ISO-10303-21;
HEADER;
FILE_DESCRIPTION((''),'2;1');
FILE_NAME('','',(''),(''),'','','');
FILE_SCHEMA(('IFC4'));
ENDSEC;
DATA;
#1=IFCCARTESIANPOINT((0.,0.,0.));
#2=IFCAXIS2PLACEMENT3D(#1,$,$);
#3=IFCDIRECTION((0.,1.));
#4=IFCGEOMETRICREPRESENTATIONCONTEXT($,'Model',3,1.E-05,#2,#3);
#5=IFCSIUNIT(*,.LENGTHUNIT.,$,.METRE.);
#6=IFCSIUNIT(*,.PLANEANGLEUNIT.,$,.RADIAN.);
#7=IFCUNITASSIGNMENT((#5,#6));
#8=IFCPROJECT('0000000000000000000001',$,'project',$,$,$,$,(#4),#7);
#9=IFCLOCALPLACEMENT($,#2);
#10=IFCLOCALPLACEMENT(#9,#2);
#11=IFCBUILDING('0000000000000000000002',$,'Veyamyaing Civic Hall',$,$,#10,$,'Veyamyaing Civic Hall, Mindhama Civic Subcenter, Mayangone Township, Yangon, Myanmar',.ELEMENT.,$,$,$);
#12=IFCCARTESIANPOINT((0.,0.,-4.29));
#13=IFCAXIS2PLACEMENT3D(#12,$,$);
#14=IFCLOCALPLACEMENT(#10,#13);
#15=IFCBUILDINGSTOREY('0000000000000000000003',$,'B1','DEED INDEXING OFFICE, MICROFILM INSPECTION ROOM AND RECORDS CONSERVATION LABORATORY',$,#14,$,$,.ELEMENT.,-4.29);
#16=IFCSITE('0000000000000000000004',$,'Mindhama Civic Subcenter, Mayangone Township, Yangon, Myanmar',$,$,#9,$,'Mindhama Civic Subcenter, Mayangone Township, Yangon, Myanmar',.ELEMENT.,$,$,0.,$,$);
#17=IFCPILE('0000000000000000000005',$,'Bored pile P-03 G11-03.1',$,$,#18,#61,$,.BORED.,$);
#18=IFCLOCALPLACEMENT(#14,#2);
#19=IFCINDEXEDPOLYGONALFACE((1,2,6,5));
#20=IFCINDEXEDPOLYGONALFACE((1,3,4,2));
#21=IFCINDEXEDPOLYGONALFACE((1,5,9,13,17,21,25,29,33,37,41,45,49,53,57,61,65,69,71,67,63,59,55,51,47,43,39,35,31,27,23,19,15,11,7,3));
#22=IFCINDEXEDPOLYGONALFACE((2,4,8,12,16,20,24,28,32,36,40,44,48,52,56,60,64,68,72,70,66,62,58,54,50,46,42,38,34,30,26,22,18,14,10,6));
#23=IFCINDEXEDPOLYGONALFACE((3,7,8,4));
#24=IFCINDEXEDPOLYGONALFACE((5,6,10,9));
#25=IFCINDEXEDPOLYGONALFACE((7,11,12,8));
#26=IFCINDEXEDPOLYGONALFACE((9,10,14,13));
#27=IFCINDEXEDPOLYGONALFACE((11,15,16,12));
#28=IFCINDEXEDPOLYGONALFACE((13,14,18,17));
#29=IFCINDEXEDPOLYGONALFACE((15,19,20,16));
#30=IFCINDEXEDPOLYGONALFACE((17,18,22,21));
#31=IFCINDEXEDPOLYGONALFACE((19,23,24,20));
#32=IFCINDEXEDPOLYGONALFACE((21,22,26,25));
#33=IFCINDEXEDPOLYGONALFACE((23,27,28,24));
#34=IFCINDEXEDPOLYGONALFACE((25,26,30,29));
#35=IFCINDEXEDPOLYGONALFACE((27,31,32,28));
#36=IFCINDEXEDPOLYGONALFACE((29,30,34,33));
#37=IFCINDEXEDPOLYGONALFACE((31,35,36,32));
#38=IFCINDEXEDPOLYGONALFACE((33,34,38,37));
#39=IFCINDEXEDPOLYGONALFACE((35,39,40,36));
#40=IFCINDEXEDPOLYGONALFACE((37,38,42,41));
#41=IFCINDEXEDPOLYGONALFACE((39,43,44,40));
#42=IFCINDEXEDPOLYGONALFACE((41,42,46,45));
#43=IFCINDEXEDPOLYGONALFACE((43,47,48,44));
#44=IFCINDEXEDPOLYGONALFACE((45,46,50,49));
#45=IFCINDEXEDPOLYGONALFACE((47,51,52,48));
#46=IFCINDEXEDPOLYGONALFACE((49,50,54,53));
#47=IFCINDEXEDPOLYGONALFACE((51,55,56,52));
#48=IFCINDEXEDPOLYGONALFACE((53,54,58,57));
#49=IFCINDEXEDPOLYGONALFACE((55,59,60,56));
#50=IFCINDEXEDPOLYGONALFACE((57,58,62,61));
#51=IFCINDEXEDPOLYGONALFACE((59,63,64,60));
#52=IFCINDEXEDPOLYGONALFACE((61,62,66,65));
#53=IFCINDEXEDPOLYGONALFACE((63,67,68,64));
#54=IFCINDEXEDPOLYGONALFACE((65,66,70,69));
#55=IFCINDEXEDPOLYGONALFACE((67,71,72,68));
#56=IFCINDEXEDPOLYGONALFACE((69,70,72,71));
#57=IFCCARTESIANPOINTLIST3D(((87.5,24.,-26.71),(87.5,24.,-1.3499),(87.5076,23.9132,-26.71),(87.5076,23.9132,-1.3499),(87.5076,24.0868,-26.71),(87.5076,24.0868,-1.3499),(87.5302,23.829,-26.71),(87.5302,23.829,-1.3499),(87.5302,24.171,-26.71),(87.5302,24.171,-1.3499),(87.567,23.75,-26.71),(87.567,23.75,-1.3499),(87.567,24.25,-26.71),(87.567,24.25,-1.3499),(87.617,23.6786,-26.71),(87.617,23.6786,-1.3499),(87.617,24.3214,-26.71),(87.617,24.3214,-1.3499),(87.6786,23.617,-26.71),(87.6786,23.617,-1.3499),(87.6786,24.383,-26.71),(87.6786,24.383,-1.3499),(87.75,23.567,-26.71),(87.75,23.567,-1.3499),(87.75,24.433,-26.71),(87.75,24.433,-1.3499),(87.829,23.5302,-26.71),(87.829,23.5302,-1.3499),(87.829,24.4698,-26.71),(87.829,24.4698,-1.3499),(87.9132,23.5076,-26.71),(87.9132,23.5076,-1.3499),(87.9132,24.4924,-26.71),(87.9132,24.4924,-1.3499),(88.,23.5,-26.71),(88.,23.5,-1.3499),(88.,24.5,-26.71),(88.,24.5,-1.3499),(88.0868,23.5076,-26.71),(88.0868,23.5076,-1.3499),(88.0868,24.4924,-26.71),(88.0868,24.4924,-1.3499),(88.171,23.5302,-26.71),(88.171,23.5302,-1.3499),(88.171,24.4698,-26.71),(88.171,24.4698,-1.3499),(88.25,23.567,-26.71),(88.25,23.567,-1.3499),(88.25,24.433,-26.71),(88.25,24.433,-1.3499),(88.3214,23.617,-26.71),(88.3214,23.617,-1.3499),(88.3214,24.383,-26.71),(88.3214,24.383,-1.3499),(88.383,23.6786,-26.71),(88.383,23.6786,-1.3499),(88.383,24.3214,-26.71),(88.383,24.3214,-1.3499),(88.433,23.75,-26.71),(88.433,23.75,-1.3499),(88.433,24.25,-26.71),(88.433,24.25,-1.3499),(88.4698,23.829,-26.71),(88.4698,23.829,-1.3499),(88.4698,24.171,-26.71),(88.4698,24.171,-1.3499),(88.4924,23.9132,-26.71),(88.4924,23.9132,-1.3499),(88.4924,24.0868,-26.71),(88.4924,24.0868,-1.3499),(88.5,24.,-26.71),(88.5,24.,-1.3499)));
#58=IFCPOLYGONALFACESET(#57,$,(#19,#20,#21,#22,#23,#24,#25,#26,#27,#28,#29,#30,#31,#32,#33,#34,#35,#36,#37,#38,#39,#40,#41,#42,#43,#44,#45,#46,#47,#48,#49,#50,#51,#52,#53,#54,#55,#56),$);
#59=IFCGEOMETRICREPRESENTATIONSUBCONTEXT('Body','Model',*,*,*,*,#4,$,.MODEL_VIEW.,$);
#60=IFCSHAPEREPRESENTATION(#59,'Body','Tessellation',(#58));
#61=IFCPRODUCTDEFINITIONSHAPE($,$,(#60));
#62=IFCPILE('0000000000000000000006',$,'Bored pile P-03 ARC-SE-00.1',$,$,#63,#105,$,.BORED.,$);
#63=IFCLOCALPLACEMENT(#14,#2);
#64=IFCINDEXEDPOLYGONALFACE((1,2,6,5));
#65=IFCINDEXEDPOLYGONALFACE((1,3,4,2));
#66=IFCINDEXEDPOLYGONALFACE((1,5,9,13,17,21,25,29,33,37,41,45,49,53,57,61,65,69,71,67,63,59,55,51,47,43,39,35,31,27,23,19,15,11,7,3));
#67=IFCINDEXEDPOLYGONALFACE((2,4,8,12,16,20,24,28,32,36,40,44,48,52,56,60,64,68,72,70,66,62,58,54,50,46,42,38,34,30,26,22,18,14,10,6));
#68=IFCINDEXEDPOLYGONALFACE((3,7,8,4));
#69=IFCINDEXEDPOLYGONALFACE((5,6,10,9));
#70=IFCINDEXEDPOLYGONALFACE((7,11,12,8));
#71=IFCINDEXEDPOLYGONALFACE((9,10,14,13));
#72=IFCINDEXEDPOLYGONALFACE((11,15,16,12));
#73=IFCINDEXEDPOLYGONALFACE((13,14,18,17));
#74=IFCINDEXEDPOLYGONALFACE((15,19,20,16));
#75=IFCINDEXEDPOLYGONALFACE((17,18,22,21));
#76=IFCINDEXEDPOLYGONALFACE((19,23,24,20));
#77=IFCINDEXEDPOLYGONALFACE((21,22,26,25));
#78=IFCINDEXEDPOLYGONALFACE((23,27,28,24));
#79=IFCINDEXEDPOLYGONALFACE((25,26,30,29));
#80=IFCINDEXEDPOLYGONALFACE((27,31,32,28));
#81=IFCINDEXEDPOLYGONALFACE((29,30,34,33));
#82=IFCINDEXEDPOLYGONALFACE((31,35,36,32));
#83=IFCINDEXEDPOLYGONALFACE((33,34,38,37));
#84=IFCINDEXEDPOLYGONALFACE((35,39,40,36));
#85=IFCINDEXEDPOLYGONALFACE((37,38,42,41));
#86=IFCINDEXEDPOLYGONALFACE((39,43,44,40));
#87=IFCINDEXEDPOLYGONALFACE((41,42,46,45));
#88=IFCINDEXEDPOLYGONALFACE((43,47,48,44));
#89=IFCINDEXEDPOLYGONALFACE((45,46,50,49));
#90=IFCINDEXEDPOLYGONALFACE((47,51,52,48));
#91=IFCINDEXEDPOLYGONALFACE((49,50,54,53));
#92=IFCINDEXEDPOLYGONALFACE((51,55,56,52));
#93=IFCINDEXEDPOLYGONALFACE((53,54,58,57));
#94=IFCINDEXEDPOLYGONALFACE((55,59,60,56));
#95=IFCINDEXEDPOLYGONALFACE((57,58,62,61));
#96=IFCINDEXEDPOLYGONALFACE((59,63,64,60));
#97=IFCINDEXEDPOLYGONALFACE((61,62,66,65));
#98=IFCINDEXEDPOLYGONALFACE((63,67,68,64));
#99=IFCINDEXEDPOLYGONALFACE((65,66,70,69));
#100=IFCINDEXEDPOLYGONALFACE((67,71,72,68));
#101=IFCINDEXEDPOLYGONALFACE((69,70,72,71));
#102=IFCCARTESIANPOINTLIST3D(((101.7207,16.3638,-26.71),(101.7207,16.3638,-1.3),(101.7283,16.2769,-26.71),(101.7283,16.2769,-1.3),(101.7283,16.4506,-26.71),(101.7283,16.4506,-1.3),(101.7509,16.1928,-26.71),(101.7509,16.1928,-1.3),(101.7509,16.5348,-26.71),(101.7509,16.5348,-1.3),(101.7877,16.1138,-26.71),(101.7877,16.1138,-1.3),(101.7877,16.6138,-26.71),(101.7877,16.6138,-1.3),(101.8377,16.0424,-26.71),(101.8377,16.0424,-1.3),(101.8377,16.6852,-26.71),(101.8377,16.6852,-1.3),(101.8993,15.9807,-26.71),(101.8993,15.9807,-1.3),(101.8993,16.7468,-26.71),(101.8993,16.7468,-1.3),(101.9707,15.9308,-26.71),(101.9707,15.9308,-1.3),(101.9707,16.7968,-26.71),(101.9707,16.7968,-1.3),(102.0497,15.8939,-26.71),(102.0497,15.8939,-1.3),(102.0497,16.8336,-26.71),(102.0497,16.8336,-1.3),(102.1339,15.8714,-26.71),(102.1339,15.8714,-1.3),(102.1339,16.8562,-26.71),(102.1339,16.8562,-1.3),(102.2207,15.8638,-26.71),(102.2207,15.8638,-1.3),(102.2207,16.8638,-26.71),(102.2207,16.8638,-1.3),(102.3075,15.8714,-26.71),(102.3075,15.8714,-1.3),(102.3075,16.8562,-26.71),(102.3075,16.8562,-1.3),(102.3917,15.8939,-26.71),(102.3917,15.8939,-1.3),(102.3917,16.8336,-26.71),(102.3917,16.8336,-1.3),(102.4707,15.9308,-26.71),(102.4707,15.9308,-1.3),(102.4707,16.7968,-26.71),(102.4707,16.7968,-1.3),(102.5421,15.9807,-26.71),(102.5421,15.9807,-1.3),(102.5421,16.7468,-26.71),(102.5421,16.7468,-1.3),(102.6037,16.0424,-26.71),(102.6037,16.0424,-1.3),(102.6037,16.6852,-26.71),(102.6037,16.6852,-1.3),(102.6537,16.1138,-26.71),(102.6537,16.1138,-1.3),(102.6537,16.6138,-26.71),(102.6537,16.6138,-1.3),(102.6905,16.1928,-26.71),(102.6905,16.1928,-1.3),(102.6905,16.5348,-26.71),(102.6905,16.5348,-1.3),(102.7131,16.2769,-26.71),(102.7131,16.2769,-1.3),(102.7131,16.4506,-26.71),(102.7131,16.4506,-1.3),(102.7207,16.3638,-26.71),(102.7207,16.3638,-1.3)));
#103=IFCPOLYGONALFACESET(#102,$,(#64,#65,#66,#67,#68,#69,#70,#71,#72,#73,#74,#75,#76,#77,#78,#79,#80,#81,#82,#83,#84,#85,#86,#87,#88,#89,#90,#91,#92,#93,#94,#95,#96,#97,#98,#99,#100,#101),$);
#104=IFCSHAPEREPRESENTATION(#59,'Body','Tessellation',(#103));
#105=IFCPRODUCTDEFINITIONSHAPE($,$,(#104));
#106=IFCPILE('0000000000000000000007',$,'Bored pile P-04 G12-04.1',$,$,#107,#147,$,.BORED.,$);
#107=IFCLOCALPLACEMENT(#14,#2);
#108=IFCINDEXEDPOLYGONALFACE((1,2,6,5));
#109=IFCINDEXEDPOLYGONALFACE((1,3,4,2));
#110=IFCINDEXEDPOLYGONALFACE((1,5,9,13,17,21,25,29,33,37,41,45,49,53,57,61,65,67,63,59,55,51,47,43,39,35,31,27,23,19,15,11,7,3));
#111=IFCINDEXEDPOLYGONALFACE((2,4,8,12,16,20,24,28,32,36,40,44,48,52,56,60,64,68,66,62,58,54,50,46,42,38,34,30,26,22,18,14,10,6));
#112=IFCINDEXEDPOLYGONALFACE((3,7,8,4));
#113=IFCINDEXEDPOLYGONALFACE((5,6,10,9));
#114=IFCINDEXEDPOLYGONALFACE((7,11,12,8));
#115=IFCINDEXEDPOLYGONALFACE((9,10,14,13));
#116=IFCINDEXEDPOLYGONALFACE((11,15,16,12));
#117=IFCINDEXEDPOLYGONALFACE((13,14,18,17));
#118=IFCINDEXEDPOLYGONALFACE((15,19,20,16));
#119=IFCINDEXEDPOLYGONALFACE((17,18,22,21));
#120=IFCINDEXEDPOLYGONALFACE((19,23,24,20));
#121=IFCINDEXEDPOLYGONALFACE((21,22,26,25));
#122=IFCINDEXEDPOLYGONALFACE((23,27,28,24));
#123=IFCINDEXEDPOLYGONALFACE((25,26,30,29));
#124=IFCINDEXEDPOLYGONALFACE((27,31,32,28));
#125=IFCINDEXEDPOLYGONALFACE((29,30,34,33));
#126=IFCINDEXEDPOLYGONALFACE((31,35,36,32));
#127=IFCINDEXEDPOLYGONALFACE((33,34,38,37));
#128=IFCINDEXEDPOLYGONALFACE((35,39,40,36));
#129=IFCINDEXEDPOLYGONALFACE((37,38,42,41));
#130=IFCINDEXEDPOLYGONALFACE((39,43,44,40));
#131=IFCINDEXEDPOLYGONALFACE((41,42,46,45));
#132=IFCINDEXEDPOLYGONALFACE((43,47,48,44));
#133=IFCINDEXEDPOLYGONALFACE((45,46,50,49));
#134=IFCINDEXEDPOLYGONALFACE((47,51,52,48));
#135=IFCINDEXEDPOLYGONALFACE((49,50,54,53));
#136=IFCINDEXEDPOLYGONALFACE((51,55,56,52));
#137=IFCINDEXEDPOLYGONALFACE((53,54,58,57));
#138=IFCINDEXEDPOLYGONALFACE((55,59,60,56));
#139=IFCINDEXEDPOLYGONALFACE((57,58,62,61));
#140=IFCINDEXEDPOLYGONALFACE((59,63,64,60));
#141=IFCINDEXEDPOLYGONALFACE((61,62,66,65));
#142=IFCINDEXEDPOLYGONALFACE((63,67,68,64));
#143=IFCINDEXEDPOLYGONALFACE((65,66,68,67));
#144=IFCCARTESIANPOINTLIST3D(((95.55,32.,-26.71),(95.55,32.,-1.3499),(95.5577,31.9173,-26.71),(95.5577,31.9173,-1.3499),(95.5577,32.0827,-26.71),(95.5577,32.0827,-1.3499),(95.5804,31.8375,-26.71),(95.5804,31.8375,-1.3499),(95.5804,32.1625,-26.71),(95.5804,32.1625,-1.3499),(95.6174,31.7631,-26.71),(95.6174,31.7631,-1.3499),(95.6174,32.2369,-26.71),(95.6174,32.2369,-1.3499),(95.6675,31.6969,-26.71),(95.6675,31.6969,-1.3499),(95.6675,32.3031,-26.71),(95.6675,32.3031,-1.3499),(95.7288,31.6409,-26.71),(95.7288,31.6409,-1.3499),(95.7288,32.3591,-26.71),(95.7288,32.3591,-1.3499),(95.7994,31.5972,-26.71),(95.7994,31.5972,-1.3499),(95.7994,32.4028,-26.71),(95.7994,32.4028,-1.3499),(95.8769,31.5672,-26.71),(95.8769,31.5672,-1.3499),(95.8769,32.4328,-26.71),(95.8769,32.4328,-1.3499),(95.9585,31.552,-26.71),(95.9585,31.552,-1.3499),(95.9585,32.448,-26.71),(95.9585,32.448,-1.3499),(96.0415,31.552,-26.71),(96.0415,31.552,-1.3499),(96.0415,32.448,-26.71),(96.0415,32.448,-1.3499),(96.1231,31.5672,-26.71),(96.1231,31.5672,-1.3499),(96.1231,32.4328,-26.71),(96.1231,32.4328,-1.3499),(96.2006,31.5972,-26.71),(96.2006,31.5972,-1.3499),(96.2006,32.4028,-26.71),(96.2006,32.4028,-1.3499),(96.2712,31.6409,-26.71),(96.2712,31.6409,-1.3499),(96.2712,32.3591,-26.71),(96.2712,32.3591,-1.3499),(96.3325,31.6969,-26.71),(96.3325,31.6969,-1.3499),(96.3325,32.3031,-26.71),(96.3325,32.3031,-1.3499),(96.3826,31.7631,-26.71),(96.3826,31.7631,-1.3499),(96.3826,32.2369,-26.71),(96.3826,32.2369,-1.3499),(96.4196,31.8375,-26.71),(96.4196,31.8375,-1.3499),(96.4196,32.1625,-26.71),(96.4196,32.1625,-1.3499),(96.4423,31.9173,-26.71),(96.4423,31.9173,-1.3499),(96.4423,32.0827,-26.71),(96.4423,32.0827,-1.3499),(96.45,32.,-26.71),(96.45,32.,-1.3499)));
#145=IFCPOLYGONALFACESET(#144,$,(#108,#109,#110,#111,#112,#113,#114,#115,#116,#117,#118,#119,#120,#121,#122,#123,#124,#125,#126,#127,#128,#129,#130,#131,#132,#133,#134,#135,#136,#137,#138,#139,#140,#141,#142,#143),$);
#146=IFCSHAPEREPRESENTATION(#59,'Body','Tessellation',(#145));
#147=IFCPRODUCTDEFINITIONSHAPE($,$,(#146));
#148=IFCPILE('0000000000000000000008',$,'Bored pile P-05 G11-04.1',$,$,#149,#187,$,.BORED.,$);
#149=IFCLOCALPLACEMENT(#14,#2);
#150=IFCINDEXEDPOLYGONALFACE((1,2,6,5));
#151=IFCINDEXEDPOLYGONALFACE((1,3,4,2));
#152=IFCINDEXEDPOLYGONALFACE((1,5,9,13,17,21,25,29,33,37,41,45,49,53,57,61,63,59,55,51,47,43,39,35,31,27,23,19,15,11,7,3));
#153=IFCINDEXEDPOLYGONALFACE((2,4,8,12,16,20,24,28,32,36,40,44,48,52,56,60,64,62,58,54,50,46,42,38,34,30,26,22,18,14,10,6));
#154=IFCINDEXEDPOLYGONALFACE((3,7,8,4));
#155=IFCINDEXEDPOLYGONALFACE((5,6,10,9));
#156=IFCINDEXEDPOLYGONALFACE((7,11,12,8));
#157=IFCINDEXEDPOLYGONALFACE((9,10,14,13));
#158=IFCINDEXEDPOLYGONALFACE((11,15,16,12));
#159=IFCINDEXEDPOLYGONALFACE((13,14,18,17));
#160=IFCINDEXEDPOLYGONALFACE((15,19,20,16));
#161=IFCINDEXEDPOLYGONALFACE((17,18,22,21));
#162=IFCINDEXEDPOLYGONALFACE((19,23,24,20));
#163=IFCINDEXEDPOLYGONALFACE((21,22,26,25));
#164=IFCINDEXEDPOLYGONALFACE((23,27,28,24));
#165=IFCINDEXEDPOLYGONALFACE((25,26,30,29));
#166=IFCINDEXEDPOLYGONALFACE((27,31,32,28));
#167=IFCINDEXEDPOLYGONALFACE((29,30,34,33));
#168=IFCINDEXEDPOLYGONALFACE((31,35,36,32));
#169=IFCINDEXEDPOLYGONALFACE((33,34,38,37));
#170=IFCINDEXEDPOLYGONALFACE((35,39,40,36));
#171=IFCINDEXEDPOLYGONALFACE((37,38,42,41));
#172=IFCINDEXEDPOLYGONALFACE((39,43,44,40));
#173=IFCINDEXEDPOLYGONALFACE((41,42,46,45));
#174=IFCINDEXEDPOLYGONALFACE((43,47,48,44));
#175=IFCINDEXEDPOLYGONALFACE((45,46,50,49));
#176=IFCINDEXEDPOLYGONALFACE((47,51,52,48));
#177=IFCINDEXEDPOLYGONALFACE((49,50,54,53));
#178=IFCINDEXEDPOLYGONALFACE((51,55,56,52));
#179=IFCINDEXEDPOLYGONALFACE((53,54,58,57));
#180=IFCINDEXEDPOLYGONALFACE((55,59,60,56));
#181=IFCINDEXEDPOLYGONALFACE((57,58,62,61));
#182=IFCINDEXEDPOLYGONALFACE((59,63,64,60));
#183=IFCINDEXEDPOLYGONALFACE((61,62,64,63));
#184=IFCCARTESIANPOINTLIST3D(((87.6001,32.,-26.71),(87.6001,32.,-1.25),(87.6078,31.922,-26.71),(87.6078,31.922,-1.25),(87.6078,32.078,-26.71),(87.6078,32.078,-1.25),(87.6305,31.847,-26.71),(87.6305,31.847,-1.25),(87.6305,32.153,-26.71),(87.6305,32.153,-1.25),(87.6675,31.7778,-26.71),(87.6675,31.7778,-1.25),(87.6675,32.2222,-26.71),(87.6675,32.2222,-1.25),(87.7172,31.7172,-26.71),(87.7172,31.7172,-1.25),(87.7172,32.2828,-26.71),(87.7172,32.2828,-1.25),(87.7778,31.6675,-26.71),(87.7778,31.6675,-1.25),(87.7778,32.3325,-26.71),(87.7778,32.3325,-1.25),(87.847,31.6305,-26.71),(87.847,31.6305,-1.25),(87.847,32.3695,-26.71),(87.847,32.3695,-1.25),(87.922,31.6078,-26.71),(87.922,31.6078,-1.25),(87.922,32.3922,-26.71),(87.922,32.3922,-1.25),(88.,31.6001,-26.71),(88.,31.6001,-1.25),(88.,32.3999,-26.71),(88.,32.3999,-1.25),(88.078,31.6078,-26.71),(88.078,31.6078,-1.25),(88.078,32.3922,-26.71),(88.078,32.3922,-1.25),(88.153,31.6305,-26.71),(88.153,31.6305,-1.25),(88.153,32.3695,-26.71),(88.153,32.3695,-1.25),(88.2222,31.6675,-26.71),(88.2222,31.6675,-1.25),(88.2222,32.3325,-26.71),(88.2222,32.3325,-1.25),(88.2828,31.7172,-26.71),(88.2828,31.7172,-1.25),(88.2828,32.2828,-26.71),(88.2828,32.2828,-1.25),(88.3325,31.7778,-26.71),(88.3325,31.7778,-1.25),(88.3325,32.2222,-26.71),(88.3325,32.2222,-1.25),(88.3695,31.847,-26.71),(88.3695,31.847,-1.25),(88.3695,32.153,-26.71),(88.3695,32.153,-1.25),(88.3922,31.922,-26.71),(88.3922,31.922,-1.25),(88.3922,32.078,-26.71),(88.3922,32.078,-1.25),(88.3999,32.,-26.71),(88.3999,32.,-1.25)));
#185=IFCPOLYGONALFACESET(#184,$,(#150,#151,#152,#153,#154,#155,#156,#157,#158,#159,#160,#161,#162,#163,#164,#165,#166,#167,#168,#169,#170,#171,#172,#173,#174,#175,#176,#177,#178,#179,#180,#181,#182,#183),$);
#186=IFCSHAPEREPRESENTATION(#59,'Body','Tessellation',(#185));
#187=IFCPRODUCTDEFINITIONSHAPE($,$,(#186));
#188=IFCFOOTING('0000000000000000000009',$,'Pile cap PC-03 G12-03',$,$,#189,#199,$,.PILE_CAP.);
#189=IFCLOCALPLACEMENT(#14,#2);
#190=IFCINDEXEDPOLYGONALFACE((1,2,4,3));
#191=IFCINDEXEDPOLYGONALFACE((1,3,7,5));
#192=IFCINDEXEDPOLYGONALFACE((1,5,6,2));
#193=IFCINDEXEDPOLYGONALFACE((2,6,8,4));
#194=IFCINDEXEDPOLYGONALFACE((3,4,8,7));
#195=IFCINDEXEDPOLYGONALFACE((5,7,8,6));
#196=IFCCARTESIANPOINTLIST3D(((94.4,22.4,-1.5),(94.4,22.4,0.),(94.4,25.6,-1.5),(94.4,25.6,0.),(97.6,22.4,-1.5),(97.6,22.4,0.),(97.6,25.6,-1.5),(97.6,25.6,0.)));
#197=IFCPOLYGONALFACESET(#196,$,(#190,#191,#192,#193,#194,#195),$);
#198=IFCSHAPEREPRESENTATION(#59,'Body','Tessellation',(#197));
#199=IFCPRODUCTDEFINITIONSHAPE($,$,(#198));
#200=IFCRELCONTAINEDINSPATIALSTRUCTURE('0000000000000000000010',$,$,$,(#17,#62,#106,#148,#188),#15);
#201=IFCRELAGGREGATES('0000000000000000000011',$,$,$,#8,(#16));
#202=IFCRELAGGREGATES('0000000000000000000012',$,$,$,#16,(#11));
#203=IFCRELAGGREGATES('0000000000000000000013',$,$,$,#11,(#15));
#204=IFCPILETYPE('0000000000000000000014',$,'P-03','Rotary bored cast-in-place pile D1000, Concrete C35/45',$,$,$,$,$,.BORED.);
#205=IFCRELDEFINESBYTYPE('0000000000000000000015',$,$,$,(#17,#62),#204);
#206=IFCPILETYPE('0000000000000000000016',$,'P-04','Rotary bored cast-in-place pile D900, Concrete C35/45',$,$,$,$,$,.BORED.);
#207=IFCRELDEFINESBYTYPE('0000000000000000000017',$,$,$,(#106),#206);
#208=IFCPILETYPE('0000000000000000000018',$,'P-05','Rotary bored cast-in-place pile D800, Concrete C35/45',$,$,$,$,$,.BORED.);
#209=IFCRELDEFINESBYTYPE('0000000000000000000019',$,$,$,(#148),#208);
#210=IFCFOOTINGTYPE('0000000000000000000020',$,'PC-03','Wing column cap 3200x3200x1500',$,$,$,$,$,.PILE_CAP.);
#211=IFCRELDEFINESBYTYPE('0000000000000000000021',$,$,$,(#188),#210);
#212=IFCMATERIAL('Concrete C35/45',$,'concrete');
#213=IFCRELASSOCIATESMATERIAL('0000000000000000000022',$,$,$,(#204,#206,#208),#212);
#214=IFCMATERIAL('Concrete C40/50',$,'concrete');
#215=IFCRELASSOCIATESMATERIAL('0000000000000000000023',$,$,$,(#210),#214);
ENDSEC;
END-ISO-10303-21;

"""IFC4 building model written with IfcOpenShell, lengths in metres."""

from ifc_helpers import new_model, si_unit, direction, frame, origin, origin_2d, place, context, subcontext, project, spatial, rectangle, circle, extrude, material, material_profile, profile_set, type_object, element, save


model = new_model("IFC4")

# Units and contexts
model_context = context("Model", 3, precision=1e-05, world=origin(), true_north=direction((0.0, 1.0)))
body_context = subcontext(model_context, "Body", "Model", "MODEL_VIEW")
ifc_project = project(units=[si_unit("LENGTHUNIT", "METRE"), si_unit("PLANEANGLEUNIT", "RADIAN")], contexts=[model_context])

# Site, building, storey
site_placement = place(None, origin())
site = spatial("IfcSite", under=ifc_project, at=site_placement, Name="Mindhama Civic Subcenter, Mayangone Township, Yangon, Myanmar", LongName="Mindhama Civic Subcenter, Mayangone Township, Yangon, Myanmar", CompositionType="ELEMENT", RefElevation=0.0)
building_placement = place(site_placement, origin())
building = spatial("IfcBuilding", under=site, at=building_placement, Name="Veyamyaing Civic Hall", LongName="Veyamyaing Civic Hall, Mindhama Civic Subcenter, Mayangone Township, Yangon, Myanmar", CompositionType="ELEMENT")
storey_placement = place(building_placement, frame((0.0, 0.0, -4.29)))
storey = spatial("IfcBuildingStorey", under=building, at=storey_placement, Name="B1", Description="DEED INDEXING OFFICE, MICROFILM INSPECTION ROOM AND RECORDS CONSERVATION LABORATORY", CompositionType="ELEMENT", Elevation=-4.29)

# Shared definitions
ifc_material_1 = material(Name="Concrete C40/50", Category="concrete")

# Piles
ifc_material_2 = material(Name="Concrete C35/45", Category="concrete")
ifc_material_profile_1 = material_profile(ifc_material_2, circle(Radius=0.5, at=origin_2d()), Name="PILE-D1000")
ifc_profile_set_1 = profile_set([ifc_material_profile_1], Name="Concrete C35/45")
pile_type_1 = type_object("IfcPileType", Name="P-03", Description="Rotary bored cast-in-place pile D1000, Concrete C35/45", PredefinedType="BORED", material=ifc_profile_set_1)
pile_1_placement = place(storey_placement, frame((88.0, 24.0, -1.3499), z_axis=(0.0, 0.0, -1.0), x_axis=(1.0, 0.0, 0.0)))
element("IfcPile", 1, at=pile_1_placement, inside=storey, type_object=pile_type_1, Name="Bored pile P-03 G11-03.1", PredefinedType="BORED", context=body_context, shape_type="SweptSolid", body=[
    extrude(circle(Radius=0.5, at=origin_2d()), origin(), (0.0, 0.0, 1.0), 25.3601),
])
pile_2_placement = place(storey_placement, frame((102.2207, 16.3638, -1.3), z_axis=(0.0, 0.0, -1.0), x_axis=(1.0, 0.0, 0.0)))
element("IfcPile", 2, at=pile_2_placement, inside=storey, type_object=pile_type_1, Name="Bored pile P-03 ARC-SE-00.1", PredefinedType="BORED", context=body_context, shape_type="SweptSolid", body=[
    extrude(circle(Radius=0.5, at=origin_2d()), origin(), (0.0, 0.0, 1.0), 25.4099),
])
ifc_material_profile_2 = material_profile(ifc_material_2, circle(Radius=0.45, at=origin_2d()), Name="PILE-D900")
ifc_profile_set_2 = profile_set([ifc_material_profile_2], Name="Concrete C35/45")
pile_type_2 = type_object("IfcPileType", Name="P-04", Description="Rotary bored cast-in-place pile D900, Concrete C35/45", PredefinedType="BORED", material=ifc_profile_set_2)
pile_3_placement = place(storey_placement, frame((96.0, 32.0, -1.3499), z_axis=(0.0, 0.0, -1.0), x_axis=(1.0, 0.0, 0.0)))
element("IfcPile", 3, at=pile_3_placement, inside=storey, type_object=pile_type_2, Name="Bored pile P-04 G12-04.1", PredefinedType="BORED", context=body_context, shape_type="SweptSolid", body=[
    extrude(circle(Radius=0.45, at=origin_2d()), origin(), (0.0, 0.0, 1.0), 25.3601),
])
ifc_material_profile_3 = material_profile(ifc_material_2, circle(Radius=0.3999, at=origin_2d()), Name="PILE-D800")
ifc_profile_set_3 = profile_set([ifc_material_profile_3], Name="Concrete C35/45")
pile_type_3 = type_object("IfcPileType", Name="P-05", Description="Rotary bored cast-in-place pile D800, Concrete C35/45", PredefinedType="BORED", material=ifc_profile_set_3)
pile_4_placement = place(storey_placement, frame((88.0, 32.0, -1.25), z_axis=(0.0, 0.0, -1.0), x_axis=(1.0, 0.0, 0.0)))
element("IfcPile", 4, at=pile_4_placement, inside=storey, type_object=pile_type_3, Name="Bored pile P-05 G11-04.1", PredefinedType="BORED", context=body_context, shape_type="SweptSolid", body=[
    extrude(circle(Radius=0.3999, at=origin_2d()), origin(), (0.0, 0.0, 1.0), 25.46),
])

# Footing
footing_type_1 = type_object("IfcFootingType", Name="PC-03", Description="Wing column cap 3200x3200x1500", PredefinedType="PILE_CAP", material=ifc_material_1)
footing_1_placement = place(storey_placement, frame((96.0, 24.0, -1.5), z_axis=(0.0, 0.0, 1.0), x_axis=(1.0, 0.0, 0.0)))
element("IfcFooting", 5, at=footing_1_placement, inside=storey, type_object=footing_type_1, Name="Pile cap PC-03 G12-03", PredefinedType="PILE_CAP", context=body_context, shape_type="SweptSolid", body=[
    extrude(rectangle(XDim=3.2, YDim=3.2, at=origin_2d()), origin(), (0.0, 0.0, 1.0), 1.5),
])

save(model, "model.ifc")
